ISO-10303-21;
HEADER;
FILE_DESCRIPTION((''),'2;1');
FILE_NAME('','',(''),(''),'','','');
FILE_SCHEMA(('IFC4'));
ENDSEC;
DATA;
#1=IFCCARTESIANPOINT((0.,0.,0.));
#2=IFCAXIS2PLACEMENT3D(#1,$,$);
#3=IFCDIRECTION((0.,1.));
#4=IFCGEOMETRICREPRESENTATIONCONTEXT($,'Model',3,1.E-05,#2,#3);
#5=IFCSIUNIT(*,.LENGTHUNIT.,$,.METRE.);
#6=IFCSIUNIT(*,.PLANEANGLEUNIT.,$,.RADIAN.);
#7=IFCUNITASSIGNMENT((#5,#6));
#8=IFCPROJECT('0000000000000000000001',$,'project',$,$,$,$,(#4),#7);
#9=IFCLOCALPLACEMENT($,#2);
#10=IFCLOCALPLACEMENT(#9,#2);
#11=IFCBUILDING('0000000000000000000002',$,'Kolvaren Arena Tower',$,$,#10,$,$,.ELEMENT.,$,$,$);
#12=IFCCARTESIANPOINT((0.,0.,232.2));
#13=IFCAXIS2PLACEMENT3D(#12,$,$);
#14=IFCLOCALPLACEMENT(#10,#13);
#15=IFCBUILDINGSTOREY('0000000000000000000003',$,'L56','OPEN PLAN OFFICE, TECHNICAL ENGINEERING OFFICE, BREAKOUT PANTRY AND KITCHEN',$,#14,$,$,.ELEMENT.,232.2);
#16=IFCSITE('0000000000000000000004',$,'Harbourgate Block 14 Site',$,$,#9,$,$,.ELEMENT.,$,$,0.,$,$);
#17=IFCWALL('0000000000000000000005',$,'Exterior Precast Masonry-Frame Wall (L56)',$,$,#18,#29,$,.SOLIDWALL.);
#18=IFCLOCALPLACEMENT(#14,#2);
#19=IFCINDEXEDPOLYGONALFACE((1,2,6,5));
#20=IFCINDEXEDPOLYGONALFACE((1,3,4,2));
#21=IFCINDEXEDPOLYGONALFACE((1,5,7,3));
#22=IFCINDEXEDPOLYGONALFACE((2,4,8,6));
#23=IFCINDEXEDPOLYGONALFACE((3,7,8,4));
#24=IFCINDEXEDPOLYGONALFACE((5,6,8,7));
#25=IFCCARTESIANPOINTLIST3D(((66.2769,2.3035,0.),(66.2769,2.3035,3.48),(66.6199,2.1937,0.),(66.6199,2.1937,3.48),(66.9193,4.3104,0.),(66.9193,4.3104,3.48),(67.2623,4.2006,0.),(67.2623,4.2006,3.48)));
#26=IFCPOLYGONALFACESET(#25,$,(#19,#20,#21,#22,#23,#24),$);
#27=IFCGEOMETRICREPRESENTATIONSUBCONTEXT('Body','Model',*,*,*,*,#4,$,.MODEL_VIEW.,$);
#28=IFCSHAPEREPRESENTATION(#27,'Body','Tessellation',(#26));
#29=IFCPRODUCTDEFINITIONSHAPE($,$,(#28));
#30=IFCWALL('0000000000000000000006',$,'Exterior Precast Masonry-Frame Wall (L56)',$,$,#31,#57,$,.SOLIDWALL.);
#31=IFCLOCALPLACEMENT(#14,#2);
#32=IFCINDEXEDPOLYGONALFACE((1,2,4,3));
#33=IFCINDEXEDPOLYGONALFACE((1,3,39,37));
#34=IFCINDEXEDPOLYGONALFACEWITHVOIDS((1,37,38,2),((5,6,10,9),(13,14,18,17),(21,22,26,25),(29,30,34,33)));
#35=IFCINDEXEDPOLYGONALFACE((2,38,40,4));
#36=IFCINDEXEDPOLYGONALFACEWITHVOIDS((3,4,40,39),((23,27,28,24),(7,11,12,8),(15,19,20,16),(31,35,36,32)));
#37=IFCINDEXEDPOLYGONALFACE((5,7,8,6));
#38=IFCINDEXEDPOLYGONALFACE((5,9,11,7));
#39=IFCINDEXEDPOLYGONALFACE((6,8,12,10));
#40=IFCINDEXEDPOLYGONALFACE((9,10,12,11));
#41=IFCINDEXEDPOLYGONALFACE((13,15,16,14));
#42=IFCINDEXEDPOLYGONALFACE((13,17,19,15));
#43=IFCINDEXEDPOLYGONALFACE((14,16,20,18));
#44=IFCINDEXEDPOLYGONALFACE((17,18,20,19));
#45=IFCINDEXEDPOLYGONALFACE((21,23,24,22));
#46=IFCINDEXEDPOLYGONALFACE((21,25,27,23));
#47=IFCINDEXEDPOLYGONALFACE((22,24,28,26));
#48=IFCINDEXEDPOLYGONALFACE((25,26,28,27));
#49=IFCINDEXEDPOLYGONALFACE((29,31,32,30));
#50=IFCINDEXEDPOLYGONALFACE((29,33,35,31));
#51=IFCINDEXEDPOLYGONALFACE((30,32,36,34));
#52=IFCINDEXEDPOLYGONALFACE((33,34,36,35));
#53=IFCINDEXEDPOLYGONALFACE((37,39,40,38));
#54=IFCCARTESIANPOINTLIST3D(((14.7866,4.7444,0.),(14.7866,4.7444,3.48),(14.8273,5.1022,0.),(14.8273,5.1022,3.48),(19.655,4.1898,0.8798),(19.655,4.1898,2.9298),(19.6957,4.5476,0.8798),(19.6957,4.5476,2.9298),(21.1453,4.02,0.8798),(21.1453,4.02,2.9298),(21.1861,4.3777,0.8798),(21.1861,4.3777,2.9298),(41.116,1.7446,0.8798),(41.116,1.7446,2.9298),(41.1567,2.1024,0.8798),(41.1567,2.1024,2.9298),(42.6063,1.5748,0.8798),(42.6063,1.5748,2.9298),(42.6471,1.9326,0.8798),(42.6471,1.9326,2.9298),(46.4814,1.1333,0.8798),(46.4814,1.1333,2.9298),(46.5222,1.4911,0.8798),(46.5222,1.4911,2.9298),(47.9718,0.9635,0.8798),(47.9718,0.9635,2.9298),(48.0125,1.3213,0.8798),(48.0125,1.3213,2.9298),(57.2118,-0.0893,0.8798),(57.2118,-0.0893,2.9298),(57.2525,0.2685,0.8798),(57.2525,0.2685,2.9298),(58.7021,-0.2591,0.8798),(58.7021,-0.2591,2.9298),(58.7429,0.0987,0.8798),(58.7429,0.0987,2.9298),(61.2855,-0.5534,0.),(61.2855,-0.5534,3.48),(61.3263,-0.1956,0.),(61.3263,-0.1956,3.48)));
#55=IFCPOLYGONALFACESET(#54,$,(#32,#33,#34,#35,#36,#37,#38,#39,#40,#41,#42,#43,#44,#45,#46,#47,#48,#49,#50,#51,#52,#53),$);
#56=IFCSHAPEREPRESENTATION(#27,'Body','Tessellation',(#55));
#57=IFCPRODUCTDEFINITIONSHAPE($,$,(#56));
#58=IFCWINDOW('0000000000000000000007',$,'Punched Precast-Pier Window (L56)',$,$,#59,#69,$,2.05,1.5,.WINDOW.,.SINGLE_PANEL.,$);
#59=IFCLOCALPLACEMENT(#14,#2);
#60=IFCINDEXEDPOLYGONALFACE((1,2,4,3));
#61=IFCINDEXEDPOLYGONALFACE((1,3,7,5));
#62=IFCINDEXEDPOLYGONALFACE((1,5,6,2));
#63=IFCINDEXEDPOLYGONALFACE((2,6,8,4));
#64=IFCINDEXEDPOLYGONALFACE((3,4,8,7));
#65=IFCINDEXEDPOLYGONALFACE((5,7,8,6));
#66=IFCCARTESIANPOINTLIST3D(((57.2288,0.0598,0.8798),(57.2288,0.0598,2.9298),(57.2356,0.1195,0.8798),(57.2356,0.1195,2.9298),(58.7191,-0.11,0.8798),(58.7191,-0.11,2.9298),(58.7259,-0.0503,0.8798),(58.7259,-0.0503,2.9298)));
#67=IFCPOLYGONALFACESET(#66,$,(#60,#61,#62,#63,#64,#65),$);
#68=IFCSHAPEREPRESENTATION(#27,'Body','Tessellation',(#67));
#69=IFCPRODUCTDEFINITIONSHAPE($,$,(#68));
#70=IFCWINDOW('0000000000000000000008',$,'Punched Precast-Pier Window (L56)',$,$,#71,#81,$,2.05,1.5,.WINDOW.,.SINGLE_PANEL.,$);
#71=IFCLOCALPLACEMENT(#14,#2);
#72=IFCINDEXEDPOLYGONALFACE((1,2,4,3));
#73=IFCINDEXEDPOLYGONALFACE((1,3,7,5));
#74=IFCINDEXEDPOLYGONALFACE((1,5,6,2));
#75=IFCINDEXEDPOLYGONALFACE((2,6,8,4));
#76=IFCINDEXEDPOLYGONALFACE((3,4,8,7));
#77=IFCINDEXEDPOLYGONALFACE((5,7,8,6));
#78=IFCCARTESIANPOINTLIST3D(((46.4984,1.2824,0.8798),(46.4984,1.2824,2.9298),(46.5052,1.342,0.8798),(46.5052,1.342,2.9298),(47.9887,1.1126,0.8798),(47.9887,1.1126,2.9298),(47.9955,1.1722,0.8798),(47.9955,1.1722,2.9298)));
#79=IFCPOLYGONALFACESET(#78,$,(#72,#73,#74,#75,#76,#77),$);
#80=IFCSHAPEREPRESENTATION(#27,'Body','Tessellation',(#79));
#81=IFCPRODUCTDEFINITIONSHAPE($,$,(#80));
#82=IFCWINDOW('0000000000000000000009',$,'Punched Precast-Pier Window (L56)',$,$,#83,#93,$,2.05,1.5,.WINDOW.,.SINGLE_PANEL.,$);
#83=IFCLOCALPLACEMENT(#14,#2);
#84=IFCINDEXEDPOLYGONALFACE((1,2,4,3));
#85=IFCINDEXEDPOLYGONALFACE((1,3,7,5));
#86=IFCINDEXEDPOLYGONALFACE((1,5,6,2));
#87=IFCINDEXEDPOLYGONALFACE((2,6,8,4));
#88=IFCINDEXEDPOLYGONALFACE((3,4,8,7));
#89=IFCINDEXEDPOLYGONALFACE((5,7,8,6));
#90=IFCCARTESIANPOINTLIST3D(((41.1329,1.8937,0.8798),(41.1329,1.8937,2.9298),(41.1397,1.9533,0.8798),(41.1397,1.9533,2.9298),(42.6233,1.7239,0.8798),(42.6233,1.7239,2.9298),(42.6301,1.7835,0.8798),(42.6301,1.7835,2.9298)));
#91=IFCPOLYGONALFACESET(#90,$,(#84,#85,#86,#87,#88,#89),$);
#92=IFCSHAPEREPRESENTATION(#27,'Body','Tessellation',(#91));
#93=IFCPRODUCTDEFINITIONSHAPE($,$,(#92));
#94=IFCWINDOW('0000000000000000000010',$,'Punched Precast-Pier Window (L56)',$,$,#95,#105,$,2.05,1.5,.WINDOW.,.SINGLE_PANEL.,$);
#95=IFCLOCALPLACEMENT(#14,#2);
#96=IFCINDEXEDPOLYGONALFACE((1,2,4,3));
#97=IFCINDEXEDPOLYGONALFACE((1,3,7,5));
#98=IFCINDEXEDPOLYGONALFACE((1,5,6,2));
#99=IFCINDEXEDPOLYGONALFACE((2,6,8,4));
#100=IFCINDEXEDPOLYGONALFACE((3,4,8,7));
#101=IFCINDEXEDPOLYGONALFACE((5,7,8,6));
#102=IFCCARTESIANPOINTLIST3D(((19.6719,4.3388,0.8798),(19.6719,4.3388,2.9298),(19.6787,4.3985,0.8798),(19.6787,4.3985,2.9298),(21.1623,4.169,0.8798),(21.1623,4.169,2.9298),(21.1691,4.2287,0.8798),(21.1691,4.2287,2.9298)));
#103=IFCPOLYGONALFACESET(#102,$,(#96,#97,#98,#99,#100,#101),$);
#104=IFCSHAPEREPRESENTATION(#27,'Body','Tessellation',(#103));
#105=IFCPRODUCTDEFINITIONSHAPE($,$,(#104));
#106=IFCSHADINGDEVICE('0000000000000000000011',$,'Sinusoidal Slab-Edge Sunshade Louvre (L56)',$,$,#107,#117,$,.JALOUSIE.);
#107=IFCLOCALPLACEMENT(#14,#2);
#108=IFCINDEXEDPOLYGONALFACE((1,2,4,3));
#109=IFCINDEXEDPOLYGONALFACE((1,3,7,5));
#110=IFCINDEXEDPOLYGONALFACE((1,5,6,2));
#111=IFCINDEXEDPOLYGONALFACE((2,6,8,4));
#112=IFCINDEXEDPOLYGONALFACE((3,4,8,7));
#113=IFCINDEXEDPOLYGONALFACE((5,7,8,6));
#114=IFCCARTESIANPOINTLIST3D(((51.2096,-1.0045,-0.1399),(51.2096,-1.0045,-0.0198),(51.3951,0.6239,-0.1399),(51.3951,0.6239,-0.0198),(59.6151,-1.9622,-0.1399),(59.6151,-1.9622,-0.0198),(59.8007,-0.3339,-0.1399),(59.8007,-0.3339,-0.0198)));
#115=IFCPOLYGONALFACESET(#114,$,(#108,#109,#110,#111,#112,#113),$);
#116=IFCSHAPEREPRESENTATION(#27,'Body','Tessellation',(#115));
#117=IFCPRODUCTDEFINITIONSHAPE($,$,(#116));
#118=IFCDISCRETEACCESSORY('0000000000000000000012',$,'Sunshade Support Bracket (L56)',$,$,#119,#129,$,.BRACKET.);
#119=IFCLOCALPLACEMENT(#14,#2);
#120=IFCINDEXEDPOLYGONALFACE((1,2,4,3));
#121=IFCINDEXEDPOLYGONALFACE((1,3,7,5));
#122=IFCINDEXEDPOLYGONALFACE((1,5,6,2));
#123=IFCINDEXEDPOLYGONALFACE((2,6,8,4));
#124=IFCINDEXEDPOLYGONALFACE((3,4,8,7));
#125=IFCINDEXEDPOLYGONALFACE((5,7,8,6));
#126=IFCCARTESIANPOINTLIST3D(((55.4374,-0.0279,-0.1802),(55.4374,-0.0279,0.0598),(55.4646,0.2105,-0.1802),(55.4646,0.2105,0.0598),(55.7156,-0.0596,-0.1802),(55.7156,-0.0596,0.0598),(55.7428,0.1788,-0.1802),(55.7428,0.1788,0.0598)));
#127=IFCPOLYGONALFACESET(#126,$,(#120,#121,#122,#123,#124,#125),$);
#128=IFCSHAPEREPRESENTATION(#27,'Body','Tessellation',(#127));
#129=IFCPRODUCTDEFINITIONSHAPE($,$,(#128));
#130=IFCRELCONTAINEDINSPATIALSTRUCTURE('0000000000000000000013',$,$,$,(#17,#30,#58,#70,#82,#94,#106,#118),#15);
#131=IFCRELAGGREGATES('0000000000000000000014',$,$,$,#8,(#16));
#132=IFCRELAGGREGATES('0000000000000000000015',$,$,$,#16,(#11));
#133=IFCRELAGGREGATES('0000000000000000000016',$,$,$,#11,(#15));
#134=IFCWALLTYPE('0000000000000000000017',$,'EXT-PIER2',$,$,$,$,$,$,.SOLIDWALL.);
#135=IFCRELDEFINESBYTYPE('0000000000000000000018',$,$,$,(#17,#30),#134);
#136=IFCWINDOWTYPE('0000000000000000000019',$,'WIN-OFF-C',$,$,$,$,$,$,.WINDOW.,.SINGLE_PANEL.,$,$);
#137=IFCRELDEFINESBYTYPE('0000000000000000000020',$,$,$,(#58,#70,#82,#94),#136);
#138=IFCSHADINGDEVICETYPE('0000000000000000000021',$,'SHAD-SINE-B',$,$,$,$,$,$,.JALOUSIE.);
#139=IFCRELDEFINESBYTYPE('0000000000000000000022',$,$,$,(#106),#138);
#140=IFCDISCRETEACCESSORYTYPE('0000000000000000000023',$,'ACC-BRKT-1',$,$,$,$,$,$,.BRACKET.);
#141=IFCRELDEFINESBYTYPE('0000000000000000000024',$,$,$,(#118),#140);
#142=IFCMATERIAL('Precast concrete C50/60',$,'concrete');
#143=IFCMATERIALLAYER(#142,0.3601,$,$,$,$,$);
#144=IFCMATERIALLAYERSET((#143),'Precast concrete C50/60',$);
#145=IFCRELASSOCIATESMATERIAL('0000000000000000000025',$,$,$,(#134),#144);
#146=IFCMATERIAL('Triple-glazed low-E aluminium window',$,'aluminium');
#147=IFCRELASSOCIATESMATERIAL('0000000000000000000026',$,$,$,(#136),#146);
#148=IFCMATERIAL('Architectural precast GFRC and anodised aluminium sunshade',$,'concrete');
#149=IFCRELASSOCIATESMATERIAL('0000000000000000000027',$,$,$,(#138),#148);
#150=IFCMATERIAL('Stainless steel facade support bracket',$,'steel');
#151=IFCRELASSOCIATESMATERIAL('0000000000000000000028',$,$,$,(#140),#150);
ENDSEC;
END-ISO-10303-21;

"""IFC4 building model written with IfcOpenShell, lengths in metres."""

from ifc_helpers import new_model, si_unit, direction, frame, frame_2d, origin, origin_2d, place, context, subcontext, project, spatial, rectangle, extrude, material, layer, layer_set, type_object, element, fill, save


model = new_model("IFC4")

# Units and contexts
model_context = context("Model", 3, precision=1e-05, world=origin(), true_north=direction((0.0, 1.0)))
body_context = subcontext(model_context, "Body", "Model", "MODEL_VIEW")
ifc_project = project(units=[si_unit("LENGTHUNIT", "METRE"), si_unit("PLANEANGLEUNIT", "RADIAN")], contexts=[model_context])

# Site, building, storey
site_placement = place(None, origin())
site = spatial("IfcSite", under=ifc_project, at=site_placement, Name="Harbourgate Block 14 Site", CompositionType="ELEMENT", RefElevation=0.0)
building_placement = place(site_placement, origin())
building = spatial("IfcBuilding", under=site, at=building_placement, Name="Kolvaren Arena Tower", CompositionType="ELEMENT")
storey_placement = place(building_placement, frame((0.0, 0.0, 232.2)))
storey = spatial("IfcBuildingStorey", under=building, at=storey_placement, Name="L56", Description="OPEN PLAN OFFICE, TECHNICAL ENGINEERING OFFICE, BREAKOUT PANTRY AND KITCHEN", CompositionType="ELEMENT", Elevation=232.2)

# Wall
ifc_material_1 = material(Name="Precast concrete C50/60", Category="concrete")
ifc_layer_1 = layer(ifc_material_1, 0.3601)
ifc_layer_set_1 = layer_set([ifc_layer_1], Name="Precast concrete C50/60")
wall_type_1 = type_object("IfcWallType", Name="EXT-PIER2", PredefinedType="SOLIDWALL", material=ifc_layer_set_1)
wall_1_placement = place(storey_placement, frame((67.0908, 4.2556, 0.0), z_axis=(0.0, 0.0, 1.0), x_axis=(-0.304839, -0.952404, 0.0)))
element("IfcWall", 1, at=wall_1_placement, inside=storey, type_object=wall_type_1, Name="Exterior Precast Masonry-Frame Wall (L56)", PredefinedType="SOLIDWALL", context=body_context, shape_type="SweptSolid", body=[
    extrude(rectangle(XDim=2.1072, YDim=0.3601, at=frame_2d((1.0537, 0.0))), origin(), (0.0, 0.0, 1.0), 3.48),
])

# Wall, openings, windows
wall_2_placement = place(storey_placement, frame((61.3059, -0.3745, 0.0), z_axis=(0.0, 0.0, 1.0), x_axis=(-0.993572, 0.113202, 0.0)))
wall_2 = element("IfcWall", 2, at=wall_2_placement, inside=storey, type_object=wall_type_1, Name="Exterior Precast Masonry-Frame Wall (L56)", PredefinedType="SOLIDWALL", context=body_context, shape_type="SweptSolid", body=[
    extrude(rectangle(XDim=46.7998, YDim=0.3601, at=frame_2d((23.3999, 0.0))), origin(), (0.0, 0.0, 1.0), 3.48),
])
opening_1_placement = place(wall_2_placement, frame((2.6001, 0.0, 0.8799)))
opening_1 = element("IfcOpeningElement", 3, at=opening_1_placement, cuts=wall_2, PredefinedType="OPENING", context=body_context, shape_type="SweptSolid", body=[
    extrude(rectangle(XDim=1.5, YDim=2.05, at=frame_2d((0.75, 1.0249))), frame((0.0, 0.1899, 0.0), z_axis=(0.0, -1.0, 0.0), x_axis=(1.0, 0.0, 0.0)), (0.0, 0.0, 1.0), 0.3801),
])
opening_2_placement = place(wall_2_placement, frame((13.3999, 0.0, 0.8799)))
opening_2 = element("IfcOpeningElement", 4, at=opening_2_placement, cuts=wall_2, PredefinedType="OPENING", context=body_context, shape_type="SweptSolid", body=[
    extrude(rectangle(XDim=1.5, YDim=2.05, at=frame_2d((0.75, 1.0249))), frame((0.0, 0.1899, 0.0), z_axis=(0.0, -1.0, 0.0), x_axis=(1.0, 0.0, 0.0)), (0.0, 0.0, 1.0), 0.3801),
])
opening_3_placement = place(wall_2_placement, frame((18.8, 0.0, 0.8799)))
opening_3 = element("IfcOpeningElement", 5, at=opening_3_placement, cuts=wall_2, PredefinedType="OPENING", context=body_context, shape_type="SweptSolid", body=[
    extrude(rectangle(XDim=1.5, YDim=2.05, at=frame_2d((0.75, 1.0249))), frame((0.0, 0.1899, 0.0), z_axis=(0.0, -1.0, 0.0), x_axis=(1.0, 0.0, 0.0)), (0.0, 0.0, 1.0), 0.3801),
])
opening_4_placement = place(wall_2_placement, frame((40.3999, 0.0, 0.8799)))
opening_4 = element("IfcOpeningElement", 6, at=opening_4_placement, cuts=wall_2, PredefinedType="OPENING", context=body_context, shape_type="SweptSolid", body=[
    extrude(rectangle(XDim=1.5, YDim=2.05, at=frame_2d((0.75, 1.0249))), frame((0.0, 0.1899, 0.0), z_axis=(0.0, -1.0, 0.0), x_axis=(1.0, 0.0, 0.0)), (0.0, 0.0, 1.0), 0.3801),
])
ifc_material_2 = material(Name="Triple-glazed low-E aluminium window", Category="aluminium")
window_type = type_object("IfcWindowType", Name="WIN-OFF-C", PartitioningType="SINGLE_PANEL", PredefinedType="WINDOW", material=ifc_material_2)
window_1_placement = place(opening_1_placement, origin())
window_1 = element("IfcWindow", 7, at=window_1_placement, inside=storey, type_object=window_type, Name="Punched Precast-Pier Window (L56)", OverallHeight=2.05, OverallWidth=1.5, PartitioningType="SINGLE_PANEL", PredefinedType="WINDOW", context=body_context, shape_type="SweptSolid", body=[
    extrude(rectangle(XDim=1.5, YDim=2.05, at=frame_2d((0.75, 1.0249))), frame((0.0, 0.03, 0.0), z_axis=(0.0, -1.0, 0.0), x_axis=(1.0, 0.0, 0.0)), (0.0, 0.0, 1.0), 0.0601),
])
fill(opening_1, window_1)
window_2_placement = place(opening_2_placement, origin())
window_2 = element("IfcWindow", 8, at=window_2_placement, inside=storey, type_object=window_type, Name="Punched Precast-Pier Window (L56)", OverallHeight=2.05, OverallWidth=1.5, PartitioningType="SINGLE_PANEL", PredefinedType="WINDOW", context=body_context, shape_type="SweptSolid", body=[
    extrude(rectangle(XDim=1.5, YDim=2.05, at=frame_2d((0.75, 1.0249))), frame((0.0, 0.03, 0.0), z_axis=(0.0, -1.0, 0.0), x_axis=(1.0, 0.0, 0.0)), (0.0, 0.0, 1.0), 0.0601),
])
fill(opening_2, window_2)
window_3_placement = place(opening_3_placement, origin())
window_3 = element("IfcWindow", 9, at=window_3_placement, inside=storey, type_object=window_type, Name="Punched Precast-Pier Window (L56)", OverallHeight=2.05, OverallWidth=1.5, PartitioningType="SINGLE_PANEL", PredefinedType="WINDOW", context=body_context, shape_type="SweptSolid", body=[
    extrude(rectangle(XDim=1.5, YDim=2.05, at=frame_2d((0.75, 1.0249))), frame((0.0, 0.03, 0.0), z_axis=(0.0, -1.0, 0.0), x_axis=(1.0, 0.0, 0.0)), (0.0, 0.0, 1.0), 0.0601),
])
fill(opening_3, window_3)
window_4_placement = place(opening_4_placement, origin())
window_4 = element("IfcWindow", 10, at=window_4_placement, inside=storey, type_object=window_type, Name="Punched Precast-Pier Window (L56)", OverallHeight=2.05, OverallWidth=1.5, PartitioningType="SINGLE_PANEL", PredefinedType="WINDOW", context=body_context, shape_type="SweptSolid", body=[
    extrude(rectangle(XDim=1.5, YDim=2.05, at=frame_2d((0.75, 1.0249))), frame((0.0, 0.03, 0.0), z_axis=(0.0, -1.0, 0.0), x_axis=(1.0, 0.0, 0.0)), (0.0, 0.0, 1.0), 0.0601),
])
fill(opening_4, window_4)

# Shading device
ifc_material_3 = material(Name="Architectural precast GFRC and anodised aluminium sunshade", Category="concrete")
shading_device_type = type_object("IfcShadingDeviceType", Name="SHAD-SINE-B", PredefinedType="JALOUSIE", material=ifc_material_3)
shading_device_placement = place(storey_placement, frame((55.5051, -0.6692, -0.1399), z_axis=(0.0, 0.0, 1.0), x_axis=(-0.993572, 0.113205, 0.0)))
element("IfcShadingDevice", 11, at=shading_device_placement, inside=storey, type_object=shading_device_type, Name="Sinusoidal Slab-Edge Sunshade Louvre (L56)", PredefinedType="JALOUSIE", context=body_context, shape_type="SweptSolid", body=[
    extrude(rectangle(XDim=8.46, YDim=1.6389, at=origin_2d()), origin(), (0.0, 0.0, 1.0), 0.1201),
])

# Discrete accessory
ifc_material_4 = material(Name="Stainless steel facade support bracket", Category="steel")
discrete_accessory_type = type_object("IfcDiscreteAccessoryType", Name="ACC-BRKT-1", PredefinedType="BRACKET", material=ifc_material_4)
discrete_accessory_placement = place(storey_placement, frame((55.5901, 0.0754, -0.1802), z_axis=(0.0, 0.0, 1.0), x_axis=(-0.993572, 0.113205, 0.0)))
element("IfcDiscreteAccessory", 12, at=discrete_accessory_placement, inside=storey, type_object=discrete_accessory_type, Name="Sunshade Support Bracket (L56)", PredefinedType="BRACKET", context=body_context, shape_type="SweptSolid", body=[
    extrude(rectangle(XDim=0.28, YDim=0.24, at=origin_2d()), origin(), (0.0, 0.0, 1.0), 0.24),
])

save(model, "model.ifc")
